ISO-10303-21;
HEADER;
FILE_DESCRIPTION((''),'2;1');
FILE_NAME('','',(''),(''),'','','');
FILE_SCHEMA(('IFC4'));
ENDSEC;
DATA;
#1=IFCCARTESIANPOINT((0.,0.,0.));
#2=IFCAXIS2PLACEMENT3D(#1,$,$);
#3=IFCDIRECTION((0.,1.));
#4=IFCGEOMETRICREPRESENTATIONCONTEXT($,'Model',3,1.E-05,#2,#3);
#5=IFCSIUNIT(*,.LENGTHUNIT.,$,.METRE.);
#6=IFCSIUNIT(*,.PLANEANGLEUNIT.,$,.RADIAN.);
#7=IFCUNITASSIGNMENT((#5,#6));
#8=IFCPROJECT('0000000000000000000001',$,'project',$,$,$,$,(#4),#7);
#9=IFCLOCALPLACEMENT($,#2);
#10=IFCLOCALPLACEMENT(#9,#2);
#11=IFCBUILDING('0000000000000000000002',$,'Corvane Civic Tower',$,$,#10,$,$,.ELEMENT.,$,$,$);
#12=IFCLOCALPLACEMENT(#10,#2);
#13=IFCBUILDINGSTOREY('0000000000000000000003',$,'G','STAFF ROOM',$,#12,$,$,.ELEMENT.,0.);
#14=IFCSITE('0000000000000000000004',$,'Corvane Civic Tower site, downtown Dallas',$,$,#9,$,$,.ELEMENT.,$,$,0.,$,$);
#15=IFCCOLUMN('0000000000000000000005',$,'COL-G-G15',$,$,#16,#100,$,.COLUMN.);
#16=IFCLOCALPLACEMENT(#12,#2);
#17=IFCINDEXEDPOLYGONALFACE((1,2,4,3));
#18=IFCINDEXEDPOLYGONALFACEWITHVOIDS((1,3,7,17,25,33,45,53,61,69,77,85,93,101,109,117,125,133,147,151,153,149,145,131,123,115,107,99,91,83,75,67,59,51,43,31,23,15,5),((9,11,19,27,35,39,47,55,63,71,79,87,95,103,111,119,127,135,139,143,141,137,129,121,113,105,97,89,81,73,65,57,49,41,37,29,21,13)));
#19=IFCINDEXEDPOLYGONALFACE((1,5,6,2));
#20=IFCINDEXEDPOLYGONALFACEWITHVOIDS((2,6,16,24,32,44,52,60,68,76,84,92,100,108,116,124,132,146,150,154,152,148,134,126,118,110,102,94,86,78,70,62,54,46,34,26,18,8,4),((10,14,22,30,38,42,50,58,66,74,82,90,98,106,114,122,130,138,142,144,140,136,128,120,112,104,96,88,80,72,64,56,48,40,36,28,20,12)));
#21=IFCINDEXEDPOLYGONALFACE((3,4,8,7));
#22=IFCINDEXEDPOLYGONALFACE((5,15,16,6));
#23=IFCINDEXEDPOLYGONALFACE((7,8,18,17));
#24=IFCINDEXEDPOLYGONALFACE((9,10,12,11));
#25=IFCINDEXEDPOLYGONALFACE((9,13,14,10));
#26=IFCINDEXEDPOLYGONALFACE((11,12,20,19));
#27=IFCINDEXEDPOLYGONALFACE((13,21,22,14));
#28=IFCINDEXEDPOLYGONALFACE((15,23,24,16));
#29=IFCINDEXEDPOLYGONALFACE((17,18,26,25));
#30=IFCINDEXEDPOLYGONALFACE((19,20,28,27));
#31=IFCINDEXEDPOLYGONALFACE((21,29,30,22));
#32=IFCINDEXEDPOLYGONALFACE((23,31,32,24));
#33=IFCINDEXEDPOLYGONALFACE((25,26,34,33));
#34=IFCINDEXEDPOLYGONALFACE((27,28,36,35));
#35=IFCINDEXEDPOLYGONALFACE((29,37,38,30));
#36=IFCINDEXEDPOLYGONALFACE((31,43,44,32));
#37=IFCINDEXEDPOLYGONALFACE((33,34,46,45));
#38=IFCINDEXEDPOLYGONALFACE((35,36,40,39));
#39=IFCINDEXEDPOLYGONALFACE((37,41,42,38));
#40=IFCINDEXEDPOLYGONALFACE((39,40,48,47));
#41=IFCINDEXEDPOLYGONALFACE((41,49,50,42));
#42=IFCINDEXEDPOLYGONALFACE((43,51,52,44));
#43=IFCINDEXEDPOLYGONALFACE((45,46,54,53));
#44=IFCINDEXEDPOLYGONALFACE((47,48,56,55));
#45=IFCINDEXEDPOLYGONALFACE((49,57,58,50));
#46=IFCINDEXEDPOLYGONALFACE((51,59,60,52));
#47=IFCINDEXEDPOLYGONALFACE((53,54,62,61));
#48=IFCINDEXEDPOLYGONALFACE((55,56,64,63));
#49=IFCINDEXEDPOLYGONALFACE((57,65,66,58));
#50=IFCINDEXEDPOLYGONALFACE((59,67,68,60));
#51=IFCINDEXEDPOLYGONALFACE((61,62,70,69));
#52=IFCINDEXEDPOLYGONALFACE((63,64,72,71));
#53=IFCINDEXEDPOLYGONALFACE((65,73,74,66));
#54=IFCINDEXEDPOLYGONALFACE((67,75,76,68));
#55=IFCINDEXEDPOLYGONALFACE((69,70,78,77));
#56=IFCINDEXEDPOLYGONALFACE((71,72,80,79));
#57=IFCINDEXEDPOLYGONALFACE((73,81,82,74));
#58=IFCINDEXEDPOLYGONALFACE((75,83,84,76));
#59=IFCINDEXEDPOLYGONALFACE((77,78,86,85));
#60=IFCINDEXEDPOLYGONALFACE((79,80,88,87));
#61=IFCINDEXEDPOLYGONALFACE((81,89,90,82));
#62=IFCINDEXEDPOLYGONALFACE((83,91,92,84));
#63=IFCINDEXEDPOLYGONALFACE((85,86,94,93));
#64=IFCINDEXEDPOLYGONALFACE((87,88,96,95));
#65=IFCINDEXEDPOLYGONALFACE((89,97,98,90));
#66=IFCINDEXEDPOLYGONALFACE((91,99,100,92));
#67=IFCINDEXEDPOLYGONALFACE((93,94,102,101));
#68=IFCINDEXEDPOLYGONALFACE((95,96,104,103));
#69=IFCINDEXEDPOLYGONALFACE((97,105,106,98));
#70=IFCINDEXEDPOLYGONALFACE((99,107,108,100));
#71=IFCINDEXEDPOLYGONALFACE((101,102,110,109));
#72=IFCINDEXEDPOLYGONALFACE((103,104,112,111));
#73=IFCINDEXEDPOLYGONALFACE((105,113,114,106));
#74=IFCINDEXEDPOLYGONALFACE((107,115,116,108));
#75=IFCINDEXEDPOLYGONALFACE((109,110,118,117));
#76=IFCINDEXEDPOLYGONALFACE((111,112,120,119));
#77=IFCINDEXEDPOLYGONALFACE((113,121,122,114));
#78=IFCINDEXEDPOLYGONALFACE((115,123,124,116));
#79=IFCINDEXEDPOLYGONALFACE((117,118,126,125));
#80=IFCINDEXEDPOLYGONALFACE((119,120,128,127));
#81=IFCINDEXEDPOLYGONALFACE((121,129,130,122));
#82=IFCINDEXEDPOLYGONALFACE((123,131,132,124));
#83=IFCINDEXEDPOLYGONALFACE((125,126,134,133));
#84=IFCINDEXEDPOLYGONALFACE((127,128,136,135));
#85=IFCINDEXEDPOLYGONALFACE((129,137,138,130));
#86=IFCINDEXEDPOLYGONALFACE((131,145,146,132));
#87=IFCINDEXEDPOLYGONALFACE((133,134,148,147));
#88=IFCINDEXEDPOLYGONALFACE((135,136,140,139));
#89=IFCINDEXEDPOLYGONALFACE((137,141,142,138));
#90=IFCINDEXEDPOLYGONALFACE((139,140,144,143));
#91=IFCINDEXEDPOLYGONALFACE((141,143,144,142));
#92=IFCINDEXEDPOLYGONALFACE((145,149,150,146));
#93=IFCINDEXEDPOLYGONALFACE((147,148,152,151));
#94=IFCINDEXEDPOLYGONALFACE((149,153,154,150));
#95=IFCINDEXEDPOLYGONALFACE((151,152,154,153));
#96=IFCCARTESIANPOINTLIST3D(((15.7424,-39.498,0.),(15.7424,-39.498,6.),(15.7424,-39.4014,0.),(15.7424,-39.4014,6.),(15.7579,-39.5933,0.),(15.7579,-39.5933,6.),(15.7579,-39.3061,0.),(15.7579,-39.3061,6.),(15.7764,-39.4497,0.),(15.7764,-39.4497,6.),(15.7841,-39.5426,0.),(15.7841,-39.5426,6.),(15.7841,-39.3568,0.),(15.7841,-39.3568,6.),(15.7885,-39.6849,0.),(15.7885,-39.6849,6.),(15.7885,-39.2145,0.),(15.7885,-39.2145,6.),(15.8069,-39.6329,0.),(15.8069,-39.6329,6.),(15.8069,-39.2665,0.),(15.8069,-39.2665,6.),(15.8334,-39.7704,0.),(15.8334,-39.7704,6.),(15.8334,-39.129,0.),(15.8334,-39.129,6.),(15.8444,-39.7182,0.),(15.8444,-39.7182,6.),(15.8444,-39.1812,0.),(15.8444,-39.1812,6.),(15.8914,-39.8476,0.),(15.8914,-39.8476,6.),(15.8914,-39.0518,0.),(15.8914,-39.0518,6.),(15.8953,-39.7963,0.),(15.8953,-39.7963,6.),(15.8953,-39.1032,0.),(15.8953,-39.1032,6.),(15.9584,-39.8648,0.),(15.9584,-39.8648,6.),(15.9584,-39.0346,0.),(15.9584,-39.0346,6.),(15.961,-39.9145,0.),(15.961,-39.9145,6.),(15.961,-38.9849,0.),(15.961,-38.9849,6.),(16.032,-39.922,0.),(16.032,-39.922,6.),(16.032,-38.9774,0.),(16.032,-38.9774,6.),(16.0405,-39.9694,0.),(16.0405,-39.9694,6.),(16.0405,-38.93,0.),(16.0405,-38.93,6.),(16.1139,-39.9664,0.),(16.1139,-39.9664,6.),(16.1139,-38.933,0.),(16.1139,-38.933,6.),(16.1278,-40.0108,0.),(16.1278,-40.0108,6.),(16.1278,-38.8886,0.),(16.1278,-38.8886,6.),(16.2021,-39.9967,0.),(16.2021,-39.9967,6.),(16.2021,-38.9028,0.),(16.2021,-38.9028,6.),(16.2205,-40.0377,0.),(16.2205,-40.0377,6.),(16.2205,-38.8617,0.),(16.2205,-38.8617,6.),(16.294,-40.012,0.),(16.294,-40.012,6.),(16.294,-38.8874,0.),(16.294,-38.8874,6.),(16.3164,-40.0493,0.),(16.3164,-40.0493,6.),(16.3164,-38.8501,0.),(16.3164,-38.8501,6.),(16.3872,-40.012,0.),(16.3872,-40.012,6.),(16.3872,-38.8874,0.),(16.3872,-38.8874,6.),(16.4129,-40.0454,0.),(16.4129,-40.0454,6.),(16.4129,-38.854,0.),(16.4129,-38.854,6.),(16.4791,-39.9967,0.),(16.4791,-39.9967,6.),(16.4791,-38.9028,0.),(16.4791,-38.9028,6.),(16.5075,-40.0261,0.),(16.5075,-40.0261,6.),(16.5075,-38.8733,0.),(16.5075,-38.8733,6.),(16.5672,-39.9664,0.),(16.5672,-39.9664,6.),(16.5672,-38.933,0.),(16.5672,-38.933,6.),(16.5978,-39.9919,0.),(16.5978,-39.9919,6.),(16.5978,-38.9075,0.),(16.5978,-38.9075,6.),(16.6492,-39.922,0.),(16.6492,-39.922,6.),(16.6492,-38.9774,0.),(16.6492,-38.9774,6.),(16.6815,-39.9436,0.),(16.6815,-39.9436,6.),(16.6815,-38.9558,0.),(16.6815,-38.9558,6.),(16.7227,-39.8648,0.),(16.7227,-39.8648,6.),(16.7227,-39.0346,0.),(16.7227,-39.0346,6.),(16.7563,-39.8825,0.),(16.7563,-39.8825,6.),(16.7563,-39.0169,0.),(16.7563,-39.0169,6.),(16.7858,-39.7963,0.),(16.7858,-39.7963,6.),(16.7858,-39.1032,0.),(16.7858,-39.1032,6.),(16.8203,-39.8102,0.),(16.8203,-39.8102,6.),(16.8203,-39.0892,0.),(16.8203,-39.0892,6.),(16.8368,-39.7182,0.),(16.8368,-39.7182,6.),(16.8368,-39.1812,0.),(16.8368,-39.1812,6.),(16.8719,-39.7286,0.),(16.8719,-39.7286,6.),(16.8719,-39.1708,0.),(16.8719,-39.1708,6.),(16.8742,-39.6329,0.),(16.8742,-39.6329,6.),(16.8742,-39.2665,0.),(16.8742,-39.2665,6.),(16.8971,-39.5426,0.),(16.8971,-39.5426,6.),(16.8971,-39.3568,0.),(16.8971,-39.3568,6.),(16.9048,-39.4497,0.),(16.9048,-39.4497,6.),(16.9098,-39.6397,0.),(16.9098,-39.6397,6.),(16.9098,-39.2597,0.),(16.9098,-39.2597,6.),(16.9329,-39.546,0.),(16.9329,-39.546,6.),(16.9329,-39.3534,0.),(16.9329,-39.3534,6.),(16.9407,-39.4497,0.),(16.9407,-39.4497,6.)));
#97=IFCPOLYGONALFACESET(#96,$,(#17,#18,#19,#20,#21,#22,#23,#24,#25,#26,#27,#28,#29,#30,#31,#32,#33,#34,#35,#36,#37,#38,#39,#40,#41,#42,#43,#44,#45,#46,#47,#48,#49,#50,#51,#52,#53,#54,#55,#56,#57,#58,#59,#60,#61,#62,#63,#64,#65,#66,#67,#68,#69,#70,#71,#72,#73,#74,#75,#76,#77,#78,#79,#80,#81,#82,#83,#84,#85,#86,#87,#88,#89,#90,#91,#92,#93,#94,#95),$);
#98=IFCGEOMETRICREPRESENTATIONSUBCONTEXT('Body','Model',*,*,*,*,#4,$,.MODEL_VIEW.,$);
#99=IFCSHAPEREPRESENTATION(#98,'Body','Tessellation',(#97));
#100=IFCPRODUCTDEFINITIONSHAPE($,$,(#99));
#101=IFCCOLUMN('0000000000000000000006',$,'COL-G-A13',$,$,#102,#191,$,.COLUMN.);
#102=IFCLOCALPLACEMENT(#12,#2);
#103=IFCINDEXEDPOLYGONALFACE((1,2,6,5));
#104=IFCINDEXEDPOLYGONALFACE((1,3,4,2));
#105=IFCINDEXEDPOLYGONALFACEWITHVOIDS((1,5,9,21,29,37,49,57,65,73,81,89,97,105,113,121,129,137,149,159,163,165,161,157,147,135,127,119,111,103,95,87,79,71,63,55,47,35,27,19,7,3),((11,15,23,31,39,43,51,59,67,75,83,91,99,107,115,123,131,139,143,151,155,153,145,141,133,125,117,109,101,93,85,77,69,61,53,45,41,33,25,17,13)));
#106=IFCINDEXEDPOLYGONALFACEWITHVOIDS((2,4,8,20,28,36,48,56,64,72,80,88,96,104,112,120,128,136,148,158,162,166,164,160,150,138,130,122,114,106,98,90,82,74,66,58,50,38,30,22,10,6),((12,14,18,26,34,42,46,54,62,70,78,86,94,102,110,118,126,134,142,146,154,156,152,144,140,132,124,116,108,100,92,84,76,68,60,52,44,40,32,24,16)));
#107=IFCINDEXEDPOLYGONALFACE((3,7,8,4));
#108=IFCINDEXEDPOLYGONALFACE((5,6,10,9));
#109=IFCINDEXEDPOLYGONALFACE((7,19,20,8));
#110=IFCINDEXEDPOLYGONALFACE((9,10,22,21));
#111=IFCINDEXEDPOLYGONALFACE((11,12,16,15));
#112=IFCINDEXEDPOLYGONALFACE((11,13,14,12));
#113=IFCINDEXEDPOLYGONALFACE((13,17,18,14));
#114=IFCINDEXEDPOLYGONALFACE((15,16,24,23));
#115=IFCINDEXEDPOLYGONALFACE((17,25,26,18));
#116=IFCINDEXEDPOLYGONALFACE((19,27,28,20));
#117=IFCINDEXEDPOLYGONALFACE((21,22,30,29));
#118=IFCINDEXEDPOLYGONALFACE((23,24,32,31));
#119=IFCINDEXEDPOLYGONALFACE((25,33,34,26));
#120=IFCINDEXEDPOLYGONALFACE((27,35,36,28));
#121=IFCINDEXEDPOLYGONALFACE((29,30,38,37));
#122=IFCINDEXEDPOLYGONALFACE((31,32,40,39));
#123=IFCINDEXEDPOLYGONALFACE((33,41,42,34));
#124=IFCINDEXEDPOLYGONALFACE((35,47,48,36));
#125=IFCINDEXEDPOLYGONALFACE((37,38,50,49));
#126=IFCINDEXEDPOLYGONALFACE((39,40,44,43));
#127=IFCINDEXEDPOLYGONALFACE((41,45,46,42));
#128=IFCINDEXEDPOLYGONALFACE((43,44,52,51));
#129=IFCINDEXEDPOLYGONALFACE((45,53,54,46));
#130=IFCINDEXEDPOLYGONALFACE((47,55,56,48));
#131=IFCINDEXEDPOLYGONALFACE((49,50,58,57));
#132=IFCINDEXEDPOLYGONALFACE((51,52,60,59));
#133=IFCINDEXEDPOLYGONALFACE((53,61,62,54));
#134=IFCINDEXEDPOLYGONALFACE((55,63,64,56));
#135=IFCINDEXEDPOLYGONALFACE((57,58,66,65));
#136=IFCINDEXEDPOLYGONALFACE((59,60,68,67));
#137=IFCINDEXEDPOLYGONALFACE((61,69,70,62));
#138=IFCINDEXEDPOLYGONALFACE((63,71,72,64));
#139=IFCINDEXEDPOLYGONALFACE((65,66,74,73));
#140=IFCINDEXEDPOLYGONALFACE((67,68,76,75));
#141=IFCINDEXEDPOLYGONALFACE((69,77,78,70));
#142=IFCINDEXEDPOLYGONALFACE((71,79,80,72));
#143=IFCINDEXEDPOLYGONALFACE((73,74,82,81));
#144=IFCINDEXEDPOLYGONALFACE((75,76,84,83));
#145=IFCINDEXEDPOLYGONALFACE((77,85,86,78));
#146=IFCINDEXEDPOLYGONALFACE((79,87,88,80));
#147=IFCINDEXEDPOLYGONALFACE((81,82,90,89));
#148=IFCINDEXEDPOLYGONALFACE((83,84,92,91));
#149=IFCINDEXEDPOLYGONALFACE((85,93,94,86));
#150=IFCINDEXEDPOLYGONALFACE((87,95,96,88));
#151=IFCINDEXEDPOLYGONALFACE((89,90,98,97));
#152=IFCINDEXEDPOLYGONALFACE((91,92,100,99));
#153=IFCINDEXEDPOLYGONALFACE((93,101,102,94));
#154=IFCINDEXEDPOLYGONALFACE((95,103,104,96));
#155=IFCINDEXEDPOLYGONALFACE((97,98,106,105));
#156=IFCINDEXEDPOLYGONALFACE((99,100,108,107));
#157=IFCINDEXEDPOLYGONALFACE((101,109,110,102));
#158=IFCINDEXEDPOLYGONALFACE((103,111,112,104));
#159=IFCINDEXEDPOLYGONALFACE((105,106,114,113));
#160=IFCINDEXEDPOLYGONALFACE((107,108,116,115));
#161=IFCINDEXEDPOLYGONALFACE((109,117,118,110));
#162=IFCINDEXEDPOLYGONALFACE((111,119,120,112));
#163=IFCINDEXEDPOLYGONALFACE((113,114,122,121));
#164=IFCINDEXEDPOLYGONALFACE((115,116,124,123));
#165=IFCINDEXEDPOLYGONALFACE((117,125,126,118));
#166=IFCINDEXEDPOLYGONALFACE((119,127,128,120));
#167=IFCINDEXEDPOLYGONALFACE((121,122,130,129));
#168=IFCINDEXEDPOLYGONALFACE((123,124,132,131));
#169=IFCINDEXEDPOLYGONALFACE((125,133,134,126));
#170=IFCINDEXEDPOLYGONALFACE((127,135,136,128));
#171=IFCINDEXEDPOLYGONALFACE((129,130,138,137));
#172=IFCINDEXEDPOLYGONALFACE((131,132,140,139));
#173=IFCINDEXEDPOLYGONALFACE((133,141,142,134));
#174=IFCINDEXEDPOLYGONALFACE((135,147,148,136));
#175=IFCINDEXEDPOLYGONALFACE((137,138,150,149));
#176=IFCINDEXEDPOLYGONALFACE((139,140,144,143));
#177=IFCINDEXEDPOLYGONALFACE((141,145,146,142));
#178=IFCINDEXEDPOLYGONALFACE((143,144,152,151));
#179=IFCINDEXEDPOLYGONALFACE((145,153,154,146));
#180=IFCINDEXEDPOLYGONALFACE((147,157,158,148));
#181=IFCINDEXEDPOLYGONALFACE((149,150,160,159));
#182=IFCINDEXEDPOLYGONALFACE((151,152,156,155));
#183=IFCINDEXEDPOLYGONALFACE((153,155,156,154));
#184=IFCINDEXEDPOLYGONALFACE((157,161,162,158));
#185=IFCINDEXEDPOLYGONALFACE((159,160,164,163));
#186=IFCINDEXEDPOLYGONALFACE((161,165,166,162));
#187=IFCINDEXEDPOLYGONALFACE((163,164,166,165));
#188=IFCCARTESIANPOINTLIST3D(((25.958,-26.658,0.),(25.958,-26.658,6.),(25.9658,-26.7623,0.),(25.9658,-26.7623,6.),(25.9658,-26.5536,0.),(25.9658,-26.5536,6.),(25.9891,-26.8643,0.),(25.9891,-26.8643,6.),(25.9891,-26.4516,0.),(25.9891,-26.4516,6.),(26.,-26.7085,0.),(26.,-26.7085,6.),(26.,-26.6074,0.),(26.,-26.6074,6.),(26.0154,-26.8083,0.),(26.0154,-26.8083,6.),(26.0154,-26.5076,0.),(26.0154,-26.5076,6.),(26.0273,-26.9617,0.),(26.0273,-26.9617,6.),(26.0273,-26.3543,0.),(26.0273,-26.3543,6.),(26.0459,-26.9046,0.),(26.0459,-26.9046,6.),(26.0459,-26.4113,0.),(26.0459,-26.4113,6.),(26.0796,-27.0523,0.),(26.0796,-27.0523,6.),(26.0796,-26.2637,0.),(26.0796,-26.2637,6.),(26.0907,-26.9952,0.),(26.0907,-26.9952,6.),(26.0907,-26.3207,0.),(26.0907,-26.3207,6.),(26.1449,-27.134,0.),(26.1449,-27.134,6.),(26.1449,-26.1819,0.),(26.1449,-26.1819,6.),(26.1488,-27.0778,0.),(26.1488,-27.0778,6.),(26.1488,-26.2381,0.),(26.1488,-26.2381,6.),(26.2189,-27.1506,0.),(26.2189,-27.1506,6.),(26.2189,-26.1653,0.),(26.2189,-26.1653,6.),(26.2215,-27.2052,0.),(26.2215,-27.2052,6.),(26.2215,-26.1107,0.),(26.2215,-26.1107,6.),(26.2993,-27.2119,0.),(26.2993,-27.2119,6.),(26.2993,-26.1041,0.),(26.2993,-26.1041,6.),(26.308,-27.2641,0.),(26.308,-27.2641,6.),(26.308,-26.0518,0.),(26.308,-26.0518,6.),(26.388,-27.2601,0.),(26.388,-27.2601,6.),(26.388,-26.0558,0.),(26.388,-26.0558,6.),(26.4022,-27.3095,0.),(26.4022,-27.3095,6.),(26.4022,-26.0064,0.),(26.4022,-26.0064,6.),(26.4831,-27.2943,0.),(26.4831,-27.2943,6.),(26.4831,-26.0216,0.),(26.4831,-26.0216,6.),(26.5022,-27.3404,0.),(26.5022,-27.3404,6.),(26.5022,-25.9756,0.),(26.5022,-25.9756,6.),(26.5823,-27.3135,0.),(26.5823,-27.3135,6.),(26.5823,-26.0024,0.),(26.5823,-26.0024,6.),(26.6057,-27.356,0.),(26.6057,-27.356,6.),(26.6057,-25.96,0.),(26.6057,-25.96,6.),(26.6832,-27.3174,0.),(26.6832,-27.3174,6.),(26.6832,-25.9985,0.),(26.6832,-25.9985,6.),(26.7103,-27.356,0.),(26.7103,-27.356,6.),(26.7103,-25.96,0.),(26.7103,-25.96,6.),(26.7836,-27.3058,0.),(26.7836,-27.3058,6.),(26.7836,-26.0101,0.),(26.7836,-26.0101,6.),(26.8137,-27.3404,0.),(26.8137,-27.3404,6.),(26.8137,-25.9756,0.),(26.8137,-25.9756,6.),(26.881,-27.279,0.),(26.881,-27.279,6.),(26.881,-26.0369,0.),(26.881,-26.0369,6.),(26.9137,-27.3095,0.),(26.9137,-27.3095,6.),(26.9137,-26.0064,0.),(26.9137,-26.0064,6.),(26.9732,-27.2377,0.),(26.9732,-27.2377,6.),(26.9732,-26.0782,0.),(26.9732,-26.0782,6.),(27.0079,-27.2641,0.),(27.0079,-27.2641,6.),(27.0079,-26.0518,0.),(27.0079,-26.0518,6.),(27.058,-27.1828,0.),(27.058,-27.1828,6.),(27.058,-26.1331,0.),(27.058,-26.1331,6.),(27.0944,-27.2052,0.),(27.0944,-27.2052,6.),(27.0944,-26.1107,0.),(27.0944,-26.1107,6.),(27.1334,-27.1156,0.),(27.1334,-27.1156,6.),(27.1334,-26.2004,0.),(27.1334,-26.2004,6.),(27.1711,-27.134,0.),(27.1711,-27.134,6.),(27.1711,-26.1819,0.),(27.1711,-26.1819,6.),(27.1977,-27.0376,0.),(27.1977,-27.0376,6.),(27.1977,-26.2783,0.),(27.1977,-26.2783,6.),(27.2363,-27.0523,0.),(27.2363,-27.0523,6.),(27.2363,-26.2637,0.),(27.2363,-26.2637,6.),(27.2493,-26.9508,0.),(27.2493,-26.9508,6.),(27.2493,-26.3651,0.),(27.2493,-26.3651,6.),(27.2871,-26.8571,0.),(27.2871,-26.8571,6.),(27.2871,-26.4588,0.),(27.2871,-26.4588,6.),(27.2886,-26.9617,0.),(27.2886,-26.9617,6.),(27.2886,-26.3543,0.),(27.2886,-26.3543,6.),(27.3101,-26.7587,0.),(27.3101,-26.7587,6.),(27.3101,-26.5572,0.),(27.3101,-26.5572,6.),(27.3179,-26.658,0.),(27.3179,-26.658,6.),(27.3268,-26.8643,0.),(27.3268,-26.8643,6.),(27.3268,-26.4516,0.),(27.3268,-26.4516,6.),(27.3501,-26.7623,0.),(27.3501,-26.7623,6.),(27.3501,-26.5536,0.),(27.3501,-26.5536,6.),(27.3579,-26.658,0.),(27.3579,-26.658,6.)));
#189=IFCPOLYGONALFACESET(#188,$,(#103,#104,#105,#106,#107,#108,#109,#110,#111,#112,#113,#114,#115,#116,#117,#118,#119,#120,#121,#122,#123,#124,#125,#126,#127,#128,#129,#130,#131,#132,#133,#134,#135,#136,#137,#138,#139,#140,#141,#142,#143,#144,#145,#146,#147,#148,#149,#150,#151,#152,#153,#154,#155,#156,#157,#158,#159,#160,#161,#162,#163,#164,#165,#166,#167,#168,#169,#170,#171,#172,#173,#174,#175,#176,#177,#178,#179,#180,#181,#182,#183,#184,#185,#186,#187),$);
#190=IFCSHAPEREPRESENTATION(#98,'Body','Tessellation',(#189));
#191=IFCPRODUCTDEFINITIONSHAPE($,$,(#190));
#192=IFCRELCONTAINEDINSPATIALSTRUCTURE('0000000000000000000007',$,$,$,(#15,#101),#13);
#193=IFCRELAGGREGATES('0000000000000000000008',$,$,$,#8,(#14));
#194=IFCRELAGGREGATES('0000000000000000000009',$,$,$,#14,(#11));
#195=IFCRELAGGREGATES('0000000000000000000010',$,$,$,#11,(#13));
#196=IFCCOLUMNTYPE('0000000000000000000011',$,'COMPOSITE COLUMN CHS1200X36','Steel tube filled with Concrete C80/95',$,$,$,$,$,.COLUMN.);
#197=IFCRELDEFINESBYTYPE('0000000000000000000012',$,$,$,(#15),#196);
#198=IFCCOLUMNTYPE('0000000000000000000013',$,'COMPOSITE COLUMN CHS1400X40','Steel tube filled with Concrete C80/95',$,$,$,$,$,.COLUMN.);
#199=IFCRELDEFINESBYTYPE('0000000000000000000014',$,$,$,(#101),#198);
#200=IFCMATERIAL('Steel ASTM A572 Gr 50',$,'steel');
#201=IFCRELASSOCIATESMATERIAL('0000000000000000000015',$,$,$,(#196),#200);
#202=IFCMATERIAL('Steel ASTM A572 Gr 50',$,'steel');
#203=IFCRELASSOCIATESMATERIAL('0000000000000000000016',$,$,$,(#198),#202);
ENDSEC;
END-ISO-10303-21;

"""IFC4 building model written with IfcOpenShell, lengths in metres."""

from ifc_helpers import new_model, si_unit, direction, frame, origin, origin_2d, place, context, subcontext, project, spatial, hollow_circle, extrude, material, material_profile, profile_set, type_object, element, save


model = new_model("IFC4")

# Units and contexts
model_context = context("Model", 3, precision=1e-05, world=origin(), true_north=direction((0.0, 1.0)))
body_context = subcontext(model_context, "Body", "Model", "MODEL_VIEW")
ifc_project = project(units=[si_unit("LENGTHUNIT", "METRE"), si_unit("PLANEANGLEUNIT", "RADIAN")], contexts=[model_context])

# Site, building, storey
site_placement = place(None, origin())
site = spatial("IfcSite", under=ifc_project, at=site_placement, Name="Corvane Civic Tower site, downtown Dallas", CompositionType="ELEMENT", RefElevation=0.0)
building_placement = place(site_placement, origin())
building = spatial("IfcBuilding", under=site, at=building_placement, Name="Corvane Civic Tower", CompositionType="ELEMENT")
storey_placement = place(building_placement, origin())
storey = spatial("IfcBuildingStorey", under=building, at=storey_placement, Name="G", Description="STAFF ROOM", CompositionType="ELEMENT", Elevation=0.0)

# Columns
ifc_material_1 = material(Name="Steel ASTM A572 Gr 50", Category="steel")
ifc_material_profile_1 = material_profile(ifc_material_1, hollow_circle(Radius=0.6001, WallThickness=0.0359, at=origin_2d()), Name="CHS1200X36")
ifc_profile_set_1 = profile_set([ifc_material_profile_1], Name="Steel ASTM A572 Gr 50")
column_type_1 = type_object("IfcColumnType", Name="COMPOSITE COLUMN CHS1200X36", Description="Steel tube filled with Concrete C80/95", PredefinedType="COLUMN", material=ifc_profile_set_1)
for number, where, z_axis, x_axis, name in (
    (1, (16.3406, -39.4497, 0.0), (0.0, 0.0, 1.0), (1.0, 0.0, 0.0), "COL-G-G15"),
):
    element("IfcColumn", number, at=place(storey_placement, frame(where, z_axis=z_axis, x_axis=x_axis)), inside=storey, type_object=column_type_1, Name=name, PredefinedType="COLUMN", context=body_context, shape_type="SweptSolid", body=[
        extrude(hollow_circle(Radius=0.6001, WallThickness=0.0359, at=origin_2d()), origin(), (0.0, 0.0, 1.0), 6.0),
    ])
ifc_material_2 = material(Name="Steel ASTM A572 Gr 50", Category="steel")
ifc_material_profile_2 = material_profile(ifc_material_2, hollow_circle(Radius=0.7, WallThickness=0.04, at=origin_2d()), Name="CHS1400X40")
ifc_profile_set_2 = profile_set([ifc_material_profile_2], Name="Steel ASTM A572 Gr 50")
column_type_2 = type_object("IfcColumnType", Name="COMPOSITE COLUMN CHS1400X40", Description="Steel tube filled with Concrete C80/95", PredefinedType="COLUMN", material=ifc_profile_set_2)
for number, where, z_axis, x_axis, name in (
    (2, (26.658, -26.658, 0.0), (0.0, 0.0, 1.0), (1.0, 0.0, 0.0), "COL-G-A13"),
):
    element("IfcColumn", number, at=place(storey_placement, frame(where, z_axis=z_axis, x_axis=x_axis)), inside=storey, type_object=column_type_2, Name=name, PredefinedType="COLUMN", context=body_context, shape_type="SweptSolid", body=[
        extrude(hollow_circle(Radius=0.7, WallThickness=0.04, at=origin_2d()), origin(), (0.0, 0.0, 1.0), 6.0),
    ])

save(model, "model.ifc")
